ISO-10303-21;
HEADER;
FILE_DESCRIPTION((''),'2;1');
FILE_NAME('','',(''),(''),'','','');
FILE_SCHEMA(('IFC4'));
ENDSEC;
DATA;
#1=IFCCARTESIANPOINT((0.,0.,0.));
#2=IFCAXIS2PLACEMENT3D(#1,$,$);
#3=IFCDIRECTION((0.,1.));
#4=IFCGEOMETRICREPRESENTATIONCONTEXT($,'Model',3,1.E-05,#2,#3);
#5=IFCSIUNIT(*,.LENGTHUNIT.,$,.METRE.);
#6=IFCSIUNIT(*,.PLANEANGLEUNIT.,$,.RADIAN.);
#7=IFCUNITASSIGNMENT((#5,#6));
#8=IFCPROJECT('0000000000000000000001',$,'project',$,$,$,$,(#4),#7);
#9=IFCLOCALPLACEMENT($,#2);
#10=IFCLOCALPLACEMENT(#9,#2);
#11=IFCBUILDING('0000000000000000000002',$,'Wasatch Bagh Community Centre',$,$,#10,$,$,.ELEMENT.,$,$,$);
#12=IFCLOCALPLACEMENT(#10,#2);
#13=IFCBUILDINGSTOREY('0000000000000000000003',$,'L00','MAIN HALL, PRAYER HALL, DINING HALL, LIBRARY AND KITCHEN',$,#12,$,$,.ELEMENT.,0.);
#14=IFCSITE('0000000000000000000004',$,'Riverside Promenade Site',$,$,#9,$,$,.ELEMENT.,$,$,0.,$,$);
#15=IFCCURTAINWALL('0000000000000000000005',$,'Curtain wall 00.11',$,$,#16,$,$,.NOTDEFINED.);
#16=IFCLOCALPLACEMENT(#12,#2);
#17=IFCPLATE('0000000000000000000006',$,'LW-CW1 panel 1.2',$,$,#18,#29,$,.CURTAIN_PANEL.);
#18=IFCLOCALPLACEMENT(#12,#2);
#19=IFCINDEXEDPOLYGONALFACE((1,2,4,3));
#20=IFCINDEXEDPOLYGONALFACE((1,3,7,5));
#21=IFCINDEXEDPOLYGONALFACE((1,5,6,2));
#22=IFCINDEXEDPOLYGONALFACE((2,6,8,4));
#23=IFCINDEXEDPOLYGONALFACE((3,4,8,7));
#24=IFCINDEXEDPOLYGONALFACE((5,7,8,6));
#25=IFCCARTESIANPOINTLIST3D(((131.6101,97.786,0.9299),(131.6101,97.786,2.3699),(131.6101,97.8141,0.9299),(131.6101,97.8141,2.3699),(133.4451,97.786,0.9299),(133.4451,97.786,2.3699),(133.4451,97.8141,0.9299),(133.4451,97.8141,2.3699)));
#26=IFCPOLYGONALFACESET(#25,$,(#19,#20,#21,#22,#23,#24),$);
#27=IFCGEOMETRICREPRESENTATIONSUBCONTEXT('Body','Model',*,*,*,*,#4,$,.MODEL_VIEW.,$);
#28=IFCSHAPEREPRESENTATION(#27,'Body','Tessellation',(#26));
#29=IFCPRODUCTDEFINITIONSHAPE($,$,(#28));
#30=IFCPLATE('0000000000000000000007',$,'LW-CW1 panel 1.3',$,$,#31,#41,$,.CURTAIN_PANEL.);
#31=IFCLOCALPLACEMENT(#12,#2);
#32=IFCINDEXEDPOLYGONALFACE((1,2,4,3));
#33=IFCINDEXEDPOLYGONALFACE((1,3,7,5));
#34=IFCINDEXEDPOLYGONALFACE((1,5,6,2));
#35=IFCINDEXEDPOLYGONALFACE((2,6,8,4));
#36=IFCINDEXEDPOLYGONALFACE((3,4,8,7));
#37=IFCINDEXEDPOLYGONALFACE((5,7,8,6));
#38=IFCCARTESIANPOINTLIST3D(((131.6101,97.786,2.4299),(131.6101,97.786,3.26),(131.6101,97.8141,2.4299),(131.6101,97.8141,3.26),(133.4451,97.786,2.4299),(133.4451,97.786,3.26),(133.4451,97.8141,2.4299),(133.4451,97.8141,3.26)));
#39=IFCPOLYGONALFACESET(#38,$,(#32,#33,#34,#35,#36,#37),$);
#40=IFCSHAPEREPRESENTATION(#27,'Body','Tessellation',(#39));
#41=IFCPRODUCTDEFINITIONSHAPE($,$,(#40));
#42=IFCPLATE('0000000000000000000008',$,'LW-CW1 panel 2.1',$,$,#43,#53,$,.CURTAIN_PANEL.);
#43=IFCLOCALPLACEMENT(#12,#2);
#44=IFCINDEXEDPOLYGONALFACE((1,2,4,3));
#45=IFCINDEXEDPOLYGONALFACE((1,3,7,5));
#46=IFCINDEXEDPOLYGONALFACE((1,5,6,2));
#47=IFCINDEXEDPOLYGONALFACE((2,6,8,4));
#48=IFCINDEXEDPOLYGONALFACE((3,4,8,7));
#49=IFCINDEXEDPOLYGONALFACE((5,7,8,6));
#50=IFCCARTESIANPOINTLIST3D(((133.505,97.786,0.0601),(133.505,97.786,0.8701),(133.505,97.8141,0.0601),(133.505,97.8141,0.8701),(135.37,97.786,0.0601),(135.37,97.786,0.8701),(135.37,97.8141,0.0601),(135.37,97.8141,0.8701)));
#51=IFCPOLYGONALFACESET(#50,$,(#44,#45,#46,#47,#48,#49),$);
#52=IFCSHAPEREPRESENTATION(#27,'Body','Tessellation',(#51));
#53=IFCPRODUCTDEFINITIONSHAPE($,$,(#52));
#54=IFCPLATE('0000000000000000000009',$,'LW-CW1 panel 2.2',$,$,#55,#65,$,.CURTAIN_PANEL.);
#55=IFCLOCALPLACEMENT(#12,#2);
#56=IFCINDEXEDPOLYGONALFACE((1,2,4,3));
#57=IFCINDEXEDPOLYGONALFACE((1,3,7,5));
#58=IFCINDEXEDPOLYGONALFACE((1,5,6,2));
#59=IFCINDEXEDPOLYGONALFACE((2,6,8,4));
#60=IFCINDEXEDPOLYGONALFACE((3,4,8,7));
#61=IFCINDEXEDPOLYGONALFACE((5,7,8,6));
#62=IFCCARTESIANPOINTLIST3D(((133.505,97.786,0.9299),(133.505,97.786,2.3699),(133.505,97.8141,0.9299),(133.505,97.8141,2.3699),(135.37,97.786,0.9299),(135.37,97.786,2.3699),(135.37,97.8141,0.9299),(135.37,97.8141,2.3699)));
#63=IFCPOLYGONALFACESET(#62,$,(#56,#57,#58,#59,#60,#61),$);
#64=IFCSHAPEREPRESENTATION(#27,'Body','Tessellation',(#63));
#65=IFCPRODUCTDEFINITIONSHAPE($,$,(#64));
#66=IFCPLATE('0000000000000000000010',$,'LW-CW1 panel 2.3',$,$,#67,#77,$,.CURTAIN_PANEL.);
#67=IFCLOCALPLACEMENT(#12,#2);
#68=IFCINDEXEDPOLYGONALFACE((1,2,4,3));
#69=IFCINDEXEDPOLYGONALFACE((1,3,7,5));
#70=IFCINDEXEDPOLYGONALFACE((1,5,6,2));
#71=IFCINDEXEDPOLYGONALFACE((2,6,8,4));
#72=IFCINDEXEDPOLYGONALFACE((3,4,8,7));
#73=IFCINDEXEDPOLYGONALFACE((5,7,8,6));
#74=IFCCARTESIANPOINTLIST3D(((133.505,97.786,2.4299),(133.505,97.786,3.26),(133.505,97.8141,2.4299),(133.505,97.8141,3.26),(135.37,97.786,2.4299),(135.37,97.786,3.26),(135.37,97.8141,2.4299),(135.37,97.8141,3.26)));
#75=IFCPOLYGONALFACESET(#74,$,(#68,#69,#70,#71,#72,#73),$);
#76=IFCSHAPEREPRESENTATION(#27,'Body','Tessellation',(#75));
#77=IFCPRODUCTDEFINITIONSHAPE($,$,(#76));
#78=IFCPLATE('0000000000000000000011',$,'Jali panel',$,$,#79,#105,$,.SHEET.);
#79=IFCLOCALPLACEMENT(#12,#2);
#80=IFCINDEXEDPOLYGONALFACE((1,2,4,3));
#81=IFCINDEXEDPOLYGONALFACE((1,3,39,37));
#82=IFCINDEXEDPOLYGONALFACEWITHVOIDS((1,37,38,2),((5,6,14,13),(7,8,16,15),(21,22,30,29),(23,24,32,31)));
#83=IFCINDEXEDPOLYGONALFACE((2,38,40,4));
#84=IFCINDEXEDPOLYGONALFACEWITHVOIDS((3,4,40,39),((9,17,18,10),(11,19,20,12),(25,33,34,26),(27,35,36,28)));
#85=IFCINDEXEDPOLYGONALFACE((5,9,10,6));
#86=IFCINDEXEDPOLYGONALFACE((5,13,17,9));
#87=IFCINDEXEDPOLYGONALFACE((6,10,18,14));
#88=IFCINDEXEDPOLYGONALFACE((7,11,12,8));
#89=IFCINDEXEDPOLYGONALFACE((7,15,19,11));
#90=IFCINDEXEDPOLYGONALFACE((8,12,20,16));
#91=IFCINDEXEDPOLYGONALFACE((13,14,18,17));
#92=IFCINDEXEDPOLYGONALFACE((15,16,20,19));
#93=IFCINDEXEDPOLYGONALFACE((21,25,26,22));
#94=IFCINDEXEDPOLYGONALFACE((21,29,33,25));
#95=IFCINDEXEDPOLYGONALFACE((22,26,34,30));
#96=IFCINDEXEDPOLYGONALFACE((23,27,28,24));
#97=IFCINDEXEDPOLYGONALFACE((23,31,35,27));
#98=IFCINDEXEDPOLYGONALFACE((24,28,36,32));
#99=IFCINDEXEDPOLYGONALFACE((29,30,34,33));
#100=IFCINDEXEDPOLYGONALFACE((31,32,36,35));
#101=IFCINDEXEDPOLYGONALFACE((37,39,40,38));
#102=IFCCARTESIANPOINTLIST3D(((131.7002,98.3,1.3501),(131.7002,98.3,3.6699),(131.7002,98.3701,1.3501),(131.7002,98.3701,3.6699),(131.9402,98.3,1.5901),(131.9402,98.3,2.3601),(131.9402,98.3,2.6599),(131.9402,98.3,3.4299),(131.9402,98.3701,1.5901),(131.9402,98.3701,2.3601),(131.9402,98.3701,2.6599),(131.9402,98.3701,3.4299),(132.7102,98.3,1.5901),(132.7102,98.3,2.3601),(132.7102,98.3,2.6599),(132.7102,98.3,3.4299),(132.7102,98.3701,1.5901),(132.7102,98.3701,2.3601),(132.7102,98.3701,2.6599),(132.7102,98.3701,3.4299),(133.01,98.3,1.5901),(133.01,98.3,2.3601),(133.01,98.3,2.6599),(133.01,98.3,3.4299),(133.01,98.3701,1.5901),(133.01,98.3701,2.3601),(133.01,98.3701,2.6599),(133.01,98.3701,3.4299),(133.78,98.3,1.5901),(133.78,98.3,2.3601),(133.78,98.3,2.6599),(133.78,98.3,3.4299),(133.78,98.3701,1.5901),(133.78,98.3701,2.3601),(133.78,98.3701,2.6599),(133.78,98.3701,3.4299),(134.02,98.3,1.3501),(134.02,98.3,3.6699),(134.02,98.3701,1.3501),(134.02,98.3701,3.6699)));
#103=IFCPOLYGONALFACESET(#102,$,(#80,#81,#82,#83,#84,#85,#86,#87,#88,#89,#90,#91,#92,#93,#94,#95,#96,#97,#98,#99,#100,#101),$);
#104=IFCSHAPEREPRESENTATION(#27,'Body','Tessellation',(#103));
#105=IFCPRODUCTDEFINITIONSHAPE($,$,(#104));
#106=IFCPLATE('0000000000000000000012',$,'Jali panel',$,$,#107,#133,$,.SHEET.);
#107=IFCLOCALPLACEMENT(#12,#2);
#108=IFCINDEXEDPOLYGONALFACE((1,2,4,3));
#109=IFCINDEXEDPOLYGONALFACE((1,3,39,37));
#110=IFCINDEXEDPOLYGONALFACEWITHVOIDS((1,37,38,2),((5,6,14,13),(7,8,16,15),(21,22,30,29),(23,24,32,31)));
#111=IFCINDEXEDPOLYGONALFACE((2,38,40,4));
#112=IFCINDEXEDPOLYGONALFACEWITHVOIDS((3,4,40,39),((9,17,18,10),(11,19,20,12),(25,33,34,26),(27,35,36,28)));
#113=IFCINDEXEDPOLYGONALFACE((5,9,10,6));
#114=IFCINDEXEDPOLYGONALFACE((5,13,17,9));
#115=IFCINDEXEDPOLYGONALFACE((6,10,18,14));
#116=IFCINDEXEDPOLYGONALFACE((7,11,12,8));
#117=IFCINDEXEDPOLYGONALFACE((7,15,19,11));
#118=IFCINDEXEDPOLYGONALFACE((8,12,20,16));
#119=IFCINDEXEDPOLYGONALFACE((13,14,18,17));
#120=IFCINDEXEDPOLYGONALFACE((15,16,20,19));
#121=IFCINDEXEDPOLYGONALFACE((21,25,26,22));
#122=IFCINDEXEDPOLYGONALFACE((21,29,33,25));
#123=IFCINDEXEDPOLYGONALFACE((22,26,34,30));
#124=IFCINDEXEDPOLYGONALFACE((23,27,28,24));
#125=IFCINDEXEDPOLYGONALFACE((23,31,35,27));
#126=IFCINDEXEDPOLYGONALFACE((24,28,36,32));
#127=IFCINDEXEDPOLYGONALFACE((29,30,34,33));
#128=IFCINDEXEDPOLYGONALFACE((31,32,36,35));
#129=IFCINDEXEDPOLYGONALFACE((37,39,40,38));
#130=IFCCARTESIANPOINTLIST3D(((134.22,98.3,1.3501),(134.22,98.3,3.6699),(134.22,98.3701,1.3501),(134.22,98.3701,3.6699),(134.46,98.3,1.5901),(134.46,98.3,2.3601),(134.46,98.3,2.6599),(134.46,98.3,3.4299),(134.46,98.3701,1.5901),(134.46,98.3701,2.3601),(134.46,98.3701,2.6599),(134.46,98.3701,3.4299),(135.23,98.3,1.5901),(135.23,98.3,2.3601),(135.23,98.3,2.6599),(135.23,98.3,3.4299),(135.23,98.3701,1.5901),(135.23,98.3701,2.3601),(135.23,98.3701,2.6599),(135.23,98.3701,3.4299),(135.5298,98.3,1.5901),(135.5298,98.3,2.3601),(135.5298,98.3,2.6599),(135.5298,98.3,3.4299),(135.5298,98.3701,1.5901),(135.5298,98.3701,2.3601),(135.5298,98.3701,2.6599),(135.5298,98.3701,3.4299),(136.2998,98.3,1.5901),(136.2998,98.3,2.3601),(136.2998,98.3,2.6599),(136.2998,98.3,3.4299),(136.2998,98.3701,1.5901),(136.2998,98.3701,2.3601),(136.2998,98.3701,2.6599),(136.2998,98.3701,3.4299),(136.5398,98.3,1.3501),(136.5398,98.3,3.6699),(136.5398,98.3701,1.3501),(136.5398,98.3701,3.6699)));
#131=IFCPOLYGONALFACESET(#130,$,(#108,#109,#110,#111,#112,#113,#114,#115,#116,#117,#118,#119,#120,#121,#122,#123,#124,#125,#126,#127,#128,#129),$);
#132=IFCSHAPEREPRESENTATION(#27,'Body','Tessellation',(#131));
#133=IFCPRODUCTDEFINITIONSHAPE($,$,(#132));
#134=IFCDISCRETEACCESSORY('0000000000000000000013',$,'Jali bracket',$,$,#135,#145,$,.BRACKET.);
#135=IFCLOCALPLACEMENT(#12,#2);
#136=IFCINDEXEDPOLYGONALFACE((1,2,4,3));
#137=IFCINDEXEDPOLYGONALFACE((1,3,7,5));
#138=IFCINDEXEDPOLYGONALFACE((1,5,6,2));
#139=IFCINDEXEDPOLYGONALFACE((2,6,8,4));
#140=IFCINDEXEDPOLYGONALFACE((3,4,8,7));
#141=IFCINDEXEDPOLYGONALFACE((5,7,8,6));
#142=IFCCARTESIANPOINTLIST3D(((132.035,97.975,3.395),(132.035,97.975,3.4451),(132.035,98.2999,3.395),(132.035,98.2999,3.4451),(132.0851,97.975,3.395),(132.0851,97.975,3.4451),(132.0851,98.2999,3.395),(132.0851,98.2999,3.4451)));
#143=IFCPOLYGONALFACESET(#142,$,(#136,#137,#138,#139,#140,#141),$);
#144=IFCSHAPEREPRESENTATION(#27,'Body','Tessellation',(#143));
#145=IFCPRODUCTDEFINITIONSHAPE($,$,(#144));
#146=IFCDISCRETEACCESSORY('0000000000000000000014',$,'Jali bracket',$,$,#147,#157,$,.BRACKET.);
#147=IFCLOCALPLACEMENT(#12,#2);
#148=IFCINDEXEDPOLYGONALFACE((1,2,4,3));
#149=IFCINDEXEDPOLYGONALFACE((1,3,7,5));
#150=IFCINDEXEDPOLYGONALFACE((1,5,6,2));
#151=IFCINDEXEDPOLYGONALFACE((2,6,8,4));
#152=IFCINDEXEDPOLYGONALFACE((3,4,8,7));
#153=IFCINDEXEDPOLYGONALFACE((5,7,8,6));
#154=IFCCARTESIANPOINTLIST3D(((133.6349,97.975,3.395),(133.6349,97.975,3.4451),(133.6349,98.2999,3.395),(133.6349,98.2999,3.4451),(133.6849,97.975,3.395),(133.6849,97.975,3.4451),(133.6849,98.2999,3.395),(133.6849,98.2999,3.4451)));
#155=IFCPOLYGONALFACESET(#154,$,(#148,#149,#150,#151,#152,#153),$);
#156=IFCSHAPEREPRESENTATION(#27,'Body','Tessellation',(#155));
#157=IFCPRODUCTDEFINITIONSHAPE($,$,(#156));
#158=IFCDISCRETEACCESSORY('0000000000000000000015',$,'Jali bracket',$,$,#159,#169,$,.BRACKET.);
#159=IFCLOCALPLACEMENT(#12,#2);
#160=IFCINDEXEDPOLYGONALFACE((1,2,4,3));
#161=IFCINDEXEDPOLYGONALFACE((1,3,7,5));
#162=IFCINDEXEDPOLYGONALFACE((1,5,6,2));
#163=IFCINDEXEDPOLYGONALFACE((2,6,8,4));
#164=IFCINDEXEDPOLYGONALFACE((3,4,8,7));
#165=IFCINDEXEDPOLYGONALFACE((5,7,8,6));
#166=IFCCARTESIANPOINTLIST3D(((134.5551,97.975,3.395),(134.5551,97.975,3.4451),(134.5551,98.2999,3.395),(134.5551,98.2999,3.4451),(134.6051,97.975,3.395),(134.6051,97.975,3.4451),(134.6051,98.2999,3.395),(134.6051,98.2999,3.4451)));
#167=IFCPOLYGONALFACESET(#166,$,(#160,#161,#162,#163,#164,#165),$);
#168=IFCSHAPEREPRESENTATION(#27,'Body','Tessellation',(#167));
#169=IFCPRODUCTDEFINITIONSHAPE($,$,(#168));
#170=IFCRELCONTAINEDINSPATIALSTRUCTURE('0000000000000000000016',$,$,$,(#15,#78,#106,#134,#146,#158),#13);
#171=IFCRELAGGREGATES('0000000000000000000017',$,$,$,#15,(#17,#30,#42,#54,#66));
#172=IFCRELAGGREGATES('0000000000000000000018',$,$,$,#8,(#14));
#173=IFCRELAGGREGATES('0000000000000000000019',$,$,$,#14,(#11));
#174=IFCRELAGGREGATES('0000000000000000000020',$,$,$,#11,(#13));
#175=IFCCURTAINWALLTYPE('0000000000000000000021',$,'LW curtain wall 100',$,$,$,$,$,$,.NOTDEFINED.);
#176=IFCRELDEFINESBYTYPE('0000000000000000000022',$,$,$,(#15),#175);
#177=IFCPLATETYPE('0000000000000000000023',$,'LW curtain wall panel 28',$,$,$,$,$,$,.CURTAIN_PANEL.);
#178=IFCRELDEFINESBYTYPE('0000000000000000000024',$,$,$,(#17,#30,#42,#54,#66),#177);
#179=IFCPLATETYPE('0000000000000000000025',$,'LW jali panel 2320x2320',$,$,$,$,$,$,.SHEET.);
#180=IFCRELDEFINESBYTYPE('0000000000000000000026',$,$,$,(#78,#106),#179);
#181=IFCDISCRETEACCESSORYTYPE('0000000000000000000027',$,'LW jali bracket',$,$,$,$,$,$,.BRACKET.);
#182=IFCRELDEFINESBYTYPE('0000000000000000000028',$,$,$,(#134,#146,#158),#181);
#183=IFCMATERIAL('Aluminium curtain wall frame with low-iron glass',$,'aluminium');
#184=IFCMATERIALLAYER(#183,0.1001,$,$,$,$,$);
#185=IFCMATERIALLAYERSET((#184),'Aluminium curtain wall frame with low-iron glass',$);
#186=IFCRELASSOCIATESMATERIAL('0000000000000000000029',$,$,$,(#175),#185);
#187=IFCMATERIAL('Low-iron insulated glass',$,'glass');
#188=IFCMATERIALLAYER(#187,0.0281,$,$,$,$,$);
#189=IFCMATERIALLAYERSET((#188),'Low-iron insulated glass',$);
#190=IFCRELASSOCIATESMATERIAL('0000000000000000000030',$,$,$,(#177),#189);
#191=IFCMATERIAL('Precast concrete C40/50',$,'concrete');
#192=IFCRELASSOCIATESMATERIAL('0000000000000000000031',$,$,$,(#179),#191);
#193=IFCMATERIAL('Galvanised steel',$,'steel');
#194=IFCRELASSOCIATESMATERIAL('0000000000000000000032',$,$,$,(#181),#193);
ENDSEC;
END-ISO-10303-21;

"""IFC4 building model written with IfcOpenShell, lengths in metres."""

from ifc_helpers import new_model, si_unit, direction, frame, origin, origin_2d, place, context, subcontext, project, spatial, polyline, rectangle, outline, extrude, material, layer, layer_set, material_profile, profile_set, type_object, element, aggregate, save


model = new_model("IFC4")

# Units and contexts
model_context = context("Model", 3, precision=1e-05, world=origin(), true_north=direction((0.0, 1.0)))
body_context = subcontext(model_context, "Body", "Model", "MODEL_VIEW")
ifc_project = project(units=[si_unit("LENGTHUNIT", "METRE"), si_unit("PLANEANGLEUNIT", "RADIAN")], contexts=[model_context])

# Site, building, storey
site_placement = place(None, origin())
site = spatial("IfcSite", under=ifc_project, at=site_placement, Name="Riverside Promenade Site", CompositionType="ELEMENT", RefElevation=0.0)
building_placement = place(site_placement, origin())
building = spatial("IfcBuilding", under=site, at=building_placement, Name="Wasatch Bagh Community Centre", CompositionType="ELEMENT")
storey_placement = place(building_placement, origin())
storey = spatial("IfcBuildingStorey", under=building, at=storey_placement, Name="L00", Description="MAIN HALL, PRAYER HALL, DINING HALL, LIBRARY AND KITCHEN", CompositionType="ELEMENT", Elevation=0.0)

# Curtain wall, plates
ifc_material_1 = material(Name="Aluminium curtain wall frame with low-iron glass", Category="aluminium")
ifc_layer_1 = layer(ifc_material_1, 0.1001)
ifc_layer_set_1 = layer_set([ifc_layer_1], Name="Aluminium curtain wall frame with low-iron glass")
curtain_wall_type = type_object("IfcCurtainWallType", Name="LW curtain wall 100", PredefinedType="NOTDEFINED", material=ifc_layer_set_1)
curtain_wall_placement = place(storey_placement, origin())
curtain_wall = element("IfcCurtainWall", 1, at=curtain_wall_placement, inside=storey, type_object=curtain_wall_type, Name="Curtain wall 00.11", PredefinedType="NOTDEFINED")
ifc_material_2 = material(Name="Low-iron insulated glass", Category="glass")
ifc_layer_2 = layer(ifc_material_2, 0.0281)
ifc_layer_set_2 = layer_set([ifc_layer_2], Name="Low-iron insulated glass")
plate_type_1 = type_object("IfcPlateType", Name="LW curtain wall panel 28", PredefinedType="CURTAIN_PANEL", material=ifc_layer_set_2)
plate_1_placement = place(storey_placement, frame((132.5276, 97.8, 0.9299), z_axis=(0.0, 0.0, 1.0), x_axis=(1.0, 0.0, 0.0)))
plate_1 = element("IfcPlate", 2, at=plate_1_placement, type_object=plate_type_1, Name="LW-CW1 panel 1.2", PredefinedType="CURTAIN_PANEL", context=body_context, shape_type="SweptSolid", body=[
    extrude(rectangle(XDim=1.835, YDim=0.0281, at=origin_2d()), origin(), (0.0, 0.0, 1.0), 1.4399),
])
plate_2_placement = place(storey_placement, frame((132.5276, 97.8, 2.4299), z_axis=(0.0, 0.0, 1.0), x_axis=(1.0, 0.0, 0.0)))
plate_2 = element("IfcPlate", 3, at=plate_2_placement, type_object=plate_type_1, Name="LW-CW1 panel 1.3", PredefinedType="CURTAIN_PANEL", context=body_context, shape_type="SweptSolid", body=[
    extrude(rectangle(XDim=1.835, YDim=0.0281, at=origin_2d()), origin(), (0.0, 0.0, 1.0), 0.8301),
])
plate_3_placement = place(storey_placement, frame((134.4375, 97.8, 0.0601), z_axis=(0.0, 0.0, 1.0), x_axis=(1.0, 0.0, 0.0)))
plate_3 = element("IfcPlate", 4, at=plate_3_placement, type_object=plate_type_1, Name="LW-CW1 panel 2.1", PredefinedType="CURTAIN_PANEL", context=body_context, shape_type="SweptSolid", body=[
    extrude(rectangle(XDim=1.865, YDim=0.0281, at=origin_2d()), origin(), (0.0, 0.0, 1.0), 0.8101),
])
plate_4_placement = place(storey_placement, frame((134.4375, 97.8, 0.9299), z_axis=(0.0, 0.0, 1.0), x_axis=(1.0, 0.0, 0.0)))
plate_4 = element("IfcPlate", 5, at=plate_4_placement, type_object=plate_type_1, Name="LW-CW1 panel 2.2", PredefinedType="CURTAIN_PANEL", context=body_context, shape_type="SweptSolid", body=[
    extrude(rectangle(XDim=1.865, YDim=0.0281, at=origin_2d()), origin(), (0.0, 0.0, 1.0), 1.4399),
])
plate_5_placement = place(storey_placement, frame((134.4375, 97.8, 2.4299), z_axis=(0.0, 0.0, 1.0), x_axis=(1.0, 0.0, 0.0)))
plate_5 = element("IfcPlate", 6, at=plate_5_placement, type_object=plate_type_1, Name="LW-CW1 panel 2.3", PredefinedType="CURTAIN_PANEL", context=body_context, shape_type="SweptSolid", body=[
    extrude(rectangle(XDim=1.865, YDim=0.0281, at=origin_2d()), origin(), (0.0, 0.0, 1.0), 0.8301),
])
aggregate(curtain_wall, [plate_1, plate_2, plate_3, plate_4, plate_5])

# Plates
ifc_material_3 = material(Name="Precast concrete C40/50", Category="concrete")
ifc_material_profile_1 = material_profile(ifc_material_3, outline(polyline([(-1.1599, -1.1599), (1.1599, -1.1599), (1.1599, 1.1599), (-1.1599, 1.1599), (-1.1599, -1.1599)]), holes=[polyline([(-0.9199, -0.9199), (-0.1499, -0.9199), (-0.1499, -0.1499), (-0.9199, -0.1499), (-0.9199, -0.9199)]), polyline([(-0.9199, 0.1499), (-0.1499, 0.1499), (-0.1499, 0.9199), (-0.9199, 0.9199), (-0.9199, 0.1499)]), polyline([(0.1499, -0.9199), (0.9199, -0.9199), (0.9199, -0.1499), (0.1499, -0.1499), (0.1499, -0.9199)]), polyline([(0.1499, 0.1499), (0.9199, 0.1499), (0.9199, 0.9199), (0.1499, 0.9199), (0.1499, 0.1499)])]), Name="Jali lattice")
ifc_profile_set_1 = profile_set([ifc_material_profile_1], Name="Precast concrete C40/50")
plate_type_2 = type_object("IfcPlateType", Name="LW jali panel 2320x2320", PredefinedType="SHEET", material=ifc_profile_set_1)
for number, where, z_axis, x_axis, name in (
    (7, (132.8601, 98.3, 2.51), (0.0, 1.0, 0.0), (-1.0, 0.0, 0.0), "Jali panel"),
    (8, (135.3799, 98.3, 2.51), (0.0, 1.0, 0.0), (-1.0, 0.0, 0.0), "Jali panel"),
):
    element("IfcPlate", number, at=place(storey_placement, frame(where, z_axis=z_axis, x_axis=x_axis)), inside=storey, type_object=plate_type_2, Name=name, PredefinedType="SHEET", context=body_context, shape_type="SweptSolid", body=[
        extrude(outline(polyline([(-1.1599, -1.1599), (1.1599, -1.1599), (1.1599, 1.1599), (-1.1599, 1.1599), (-1.1599, -1.1599)]), holes=[polyline([(-0.9199, -0.9199), (-0.1499, -0.9199), (-0.1499, -0.1499), (-0.9199, -0.1499), (-0.9199, -0.9199)]), polyline([(-0.9199, 0.1499), (-0.1499, 0.1499), (-0.1499, 0.9199), (-0.9199, 0.9199), (-0.9199, 0.1499)]), polyline([(0.1499, -0.9199), (0.9199, -0.9199), (0.9199, -0.1499), (0.1499, -0.1499), (0.1499, -0.9199)]), polyline([(0.1499, 0.1499), (0.9199, 0.1499), (0.9199, 0.9199), (0.1499, 0.9199), (0.1499, 0.1499)])]), origin(), (0.0, 0.0, 1.0), 0.0701),
    ])

# Discrete accessories
ifc_material_4 = material(Name="Galvanised steel", Category="steel")
discrete_accessory_type = type_object("IfcDiscreteAccessoryType", Name="LW jali bracket", PredefinedType="BRACKET", material=ifc_material_4)
for number, where, z_axis, x_axis, name in (
    (9, (132.0601, 98.1375, 3.395), (0.0, 0.0, 1.0), (1.0, 0.0, 0.0), "Jali bracket"),
    (10, (133.6599, 98.1375, 3.395), (0.0, 0.0, 1.0), (1.0, 0.0, 0.0), "Jali bracket"),
    (11, (134.5801, 98.1375, 3.395), (0.0, 0.0, 1.0), (1.0, 0.0, 0.0), "Jali bracket"),
):
    element("IfcDiscreteAccessory", number, at=place(storey_placement, frame(where, z_axis=z_axis, x_axis=x_axis)), inside=storey, type_object=discrete_accessory_type, Name=name, PredefinedType="BRACKET", context=body_context, shape_type="SweptSolid", body=[
        extrude(rectangle(XDim=0.05, YDim=0.325, at=origin_2d()), origin(), (0.0, 0.0, 1.0), 0.05),
    ])

save(model, "model.ifc")
